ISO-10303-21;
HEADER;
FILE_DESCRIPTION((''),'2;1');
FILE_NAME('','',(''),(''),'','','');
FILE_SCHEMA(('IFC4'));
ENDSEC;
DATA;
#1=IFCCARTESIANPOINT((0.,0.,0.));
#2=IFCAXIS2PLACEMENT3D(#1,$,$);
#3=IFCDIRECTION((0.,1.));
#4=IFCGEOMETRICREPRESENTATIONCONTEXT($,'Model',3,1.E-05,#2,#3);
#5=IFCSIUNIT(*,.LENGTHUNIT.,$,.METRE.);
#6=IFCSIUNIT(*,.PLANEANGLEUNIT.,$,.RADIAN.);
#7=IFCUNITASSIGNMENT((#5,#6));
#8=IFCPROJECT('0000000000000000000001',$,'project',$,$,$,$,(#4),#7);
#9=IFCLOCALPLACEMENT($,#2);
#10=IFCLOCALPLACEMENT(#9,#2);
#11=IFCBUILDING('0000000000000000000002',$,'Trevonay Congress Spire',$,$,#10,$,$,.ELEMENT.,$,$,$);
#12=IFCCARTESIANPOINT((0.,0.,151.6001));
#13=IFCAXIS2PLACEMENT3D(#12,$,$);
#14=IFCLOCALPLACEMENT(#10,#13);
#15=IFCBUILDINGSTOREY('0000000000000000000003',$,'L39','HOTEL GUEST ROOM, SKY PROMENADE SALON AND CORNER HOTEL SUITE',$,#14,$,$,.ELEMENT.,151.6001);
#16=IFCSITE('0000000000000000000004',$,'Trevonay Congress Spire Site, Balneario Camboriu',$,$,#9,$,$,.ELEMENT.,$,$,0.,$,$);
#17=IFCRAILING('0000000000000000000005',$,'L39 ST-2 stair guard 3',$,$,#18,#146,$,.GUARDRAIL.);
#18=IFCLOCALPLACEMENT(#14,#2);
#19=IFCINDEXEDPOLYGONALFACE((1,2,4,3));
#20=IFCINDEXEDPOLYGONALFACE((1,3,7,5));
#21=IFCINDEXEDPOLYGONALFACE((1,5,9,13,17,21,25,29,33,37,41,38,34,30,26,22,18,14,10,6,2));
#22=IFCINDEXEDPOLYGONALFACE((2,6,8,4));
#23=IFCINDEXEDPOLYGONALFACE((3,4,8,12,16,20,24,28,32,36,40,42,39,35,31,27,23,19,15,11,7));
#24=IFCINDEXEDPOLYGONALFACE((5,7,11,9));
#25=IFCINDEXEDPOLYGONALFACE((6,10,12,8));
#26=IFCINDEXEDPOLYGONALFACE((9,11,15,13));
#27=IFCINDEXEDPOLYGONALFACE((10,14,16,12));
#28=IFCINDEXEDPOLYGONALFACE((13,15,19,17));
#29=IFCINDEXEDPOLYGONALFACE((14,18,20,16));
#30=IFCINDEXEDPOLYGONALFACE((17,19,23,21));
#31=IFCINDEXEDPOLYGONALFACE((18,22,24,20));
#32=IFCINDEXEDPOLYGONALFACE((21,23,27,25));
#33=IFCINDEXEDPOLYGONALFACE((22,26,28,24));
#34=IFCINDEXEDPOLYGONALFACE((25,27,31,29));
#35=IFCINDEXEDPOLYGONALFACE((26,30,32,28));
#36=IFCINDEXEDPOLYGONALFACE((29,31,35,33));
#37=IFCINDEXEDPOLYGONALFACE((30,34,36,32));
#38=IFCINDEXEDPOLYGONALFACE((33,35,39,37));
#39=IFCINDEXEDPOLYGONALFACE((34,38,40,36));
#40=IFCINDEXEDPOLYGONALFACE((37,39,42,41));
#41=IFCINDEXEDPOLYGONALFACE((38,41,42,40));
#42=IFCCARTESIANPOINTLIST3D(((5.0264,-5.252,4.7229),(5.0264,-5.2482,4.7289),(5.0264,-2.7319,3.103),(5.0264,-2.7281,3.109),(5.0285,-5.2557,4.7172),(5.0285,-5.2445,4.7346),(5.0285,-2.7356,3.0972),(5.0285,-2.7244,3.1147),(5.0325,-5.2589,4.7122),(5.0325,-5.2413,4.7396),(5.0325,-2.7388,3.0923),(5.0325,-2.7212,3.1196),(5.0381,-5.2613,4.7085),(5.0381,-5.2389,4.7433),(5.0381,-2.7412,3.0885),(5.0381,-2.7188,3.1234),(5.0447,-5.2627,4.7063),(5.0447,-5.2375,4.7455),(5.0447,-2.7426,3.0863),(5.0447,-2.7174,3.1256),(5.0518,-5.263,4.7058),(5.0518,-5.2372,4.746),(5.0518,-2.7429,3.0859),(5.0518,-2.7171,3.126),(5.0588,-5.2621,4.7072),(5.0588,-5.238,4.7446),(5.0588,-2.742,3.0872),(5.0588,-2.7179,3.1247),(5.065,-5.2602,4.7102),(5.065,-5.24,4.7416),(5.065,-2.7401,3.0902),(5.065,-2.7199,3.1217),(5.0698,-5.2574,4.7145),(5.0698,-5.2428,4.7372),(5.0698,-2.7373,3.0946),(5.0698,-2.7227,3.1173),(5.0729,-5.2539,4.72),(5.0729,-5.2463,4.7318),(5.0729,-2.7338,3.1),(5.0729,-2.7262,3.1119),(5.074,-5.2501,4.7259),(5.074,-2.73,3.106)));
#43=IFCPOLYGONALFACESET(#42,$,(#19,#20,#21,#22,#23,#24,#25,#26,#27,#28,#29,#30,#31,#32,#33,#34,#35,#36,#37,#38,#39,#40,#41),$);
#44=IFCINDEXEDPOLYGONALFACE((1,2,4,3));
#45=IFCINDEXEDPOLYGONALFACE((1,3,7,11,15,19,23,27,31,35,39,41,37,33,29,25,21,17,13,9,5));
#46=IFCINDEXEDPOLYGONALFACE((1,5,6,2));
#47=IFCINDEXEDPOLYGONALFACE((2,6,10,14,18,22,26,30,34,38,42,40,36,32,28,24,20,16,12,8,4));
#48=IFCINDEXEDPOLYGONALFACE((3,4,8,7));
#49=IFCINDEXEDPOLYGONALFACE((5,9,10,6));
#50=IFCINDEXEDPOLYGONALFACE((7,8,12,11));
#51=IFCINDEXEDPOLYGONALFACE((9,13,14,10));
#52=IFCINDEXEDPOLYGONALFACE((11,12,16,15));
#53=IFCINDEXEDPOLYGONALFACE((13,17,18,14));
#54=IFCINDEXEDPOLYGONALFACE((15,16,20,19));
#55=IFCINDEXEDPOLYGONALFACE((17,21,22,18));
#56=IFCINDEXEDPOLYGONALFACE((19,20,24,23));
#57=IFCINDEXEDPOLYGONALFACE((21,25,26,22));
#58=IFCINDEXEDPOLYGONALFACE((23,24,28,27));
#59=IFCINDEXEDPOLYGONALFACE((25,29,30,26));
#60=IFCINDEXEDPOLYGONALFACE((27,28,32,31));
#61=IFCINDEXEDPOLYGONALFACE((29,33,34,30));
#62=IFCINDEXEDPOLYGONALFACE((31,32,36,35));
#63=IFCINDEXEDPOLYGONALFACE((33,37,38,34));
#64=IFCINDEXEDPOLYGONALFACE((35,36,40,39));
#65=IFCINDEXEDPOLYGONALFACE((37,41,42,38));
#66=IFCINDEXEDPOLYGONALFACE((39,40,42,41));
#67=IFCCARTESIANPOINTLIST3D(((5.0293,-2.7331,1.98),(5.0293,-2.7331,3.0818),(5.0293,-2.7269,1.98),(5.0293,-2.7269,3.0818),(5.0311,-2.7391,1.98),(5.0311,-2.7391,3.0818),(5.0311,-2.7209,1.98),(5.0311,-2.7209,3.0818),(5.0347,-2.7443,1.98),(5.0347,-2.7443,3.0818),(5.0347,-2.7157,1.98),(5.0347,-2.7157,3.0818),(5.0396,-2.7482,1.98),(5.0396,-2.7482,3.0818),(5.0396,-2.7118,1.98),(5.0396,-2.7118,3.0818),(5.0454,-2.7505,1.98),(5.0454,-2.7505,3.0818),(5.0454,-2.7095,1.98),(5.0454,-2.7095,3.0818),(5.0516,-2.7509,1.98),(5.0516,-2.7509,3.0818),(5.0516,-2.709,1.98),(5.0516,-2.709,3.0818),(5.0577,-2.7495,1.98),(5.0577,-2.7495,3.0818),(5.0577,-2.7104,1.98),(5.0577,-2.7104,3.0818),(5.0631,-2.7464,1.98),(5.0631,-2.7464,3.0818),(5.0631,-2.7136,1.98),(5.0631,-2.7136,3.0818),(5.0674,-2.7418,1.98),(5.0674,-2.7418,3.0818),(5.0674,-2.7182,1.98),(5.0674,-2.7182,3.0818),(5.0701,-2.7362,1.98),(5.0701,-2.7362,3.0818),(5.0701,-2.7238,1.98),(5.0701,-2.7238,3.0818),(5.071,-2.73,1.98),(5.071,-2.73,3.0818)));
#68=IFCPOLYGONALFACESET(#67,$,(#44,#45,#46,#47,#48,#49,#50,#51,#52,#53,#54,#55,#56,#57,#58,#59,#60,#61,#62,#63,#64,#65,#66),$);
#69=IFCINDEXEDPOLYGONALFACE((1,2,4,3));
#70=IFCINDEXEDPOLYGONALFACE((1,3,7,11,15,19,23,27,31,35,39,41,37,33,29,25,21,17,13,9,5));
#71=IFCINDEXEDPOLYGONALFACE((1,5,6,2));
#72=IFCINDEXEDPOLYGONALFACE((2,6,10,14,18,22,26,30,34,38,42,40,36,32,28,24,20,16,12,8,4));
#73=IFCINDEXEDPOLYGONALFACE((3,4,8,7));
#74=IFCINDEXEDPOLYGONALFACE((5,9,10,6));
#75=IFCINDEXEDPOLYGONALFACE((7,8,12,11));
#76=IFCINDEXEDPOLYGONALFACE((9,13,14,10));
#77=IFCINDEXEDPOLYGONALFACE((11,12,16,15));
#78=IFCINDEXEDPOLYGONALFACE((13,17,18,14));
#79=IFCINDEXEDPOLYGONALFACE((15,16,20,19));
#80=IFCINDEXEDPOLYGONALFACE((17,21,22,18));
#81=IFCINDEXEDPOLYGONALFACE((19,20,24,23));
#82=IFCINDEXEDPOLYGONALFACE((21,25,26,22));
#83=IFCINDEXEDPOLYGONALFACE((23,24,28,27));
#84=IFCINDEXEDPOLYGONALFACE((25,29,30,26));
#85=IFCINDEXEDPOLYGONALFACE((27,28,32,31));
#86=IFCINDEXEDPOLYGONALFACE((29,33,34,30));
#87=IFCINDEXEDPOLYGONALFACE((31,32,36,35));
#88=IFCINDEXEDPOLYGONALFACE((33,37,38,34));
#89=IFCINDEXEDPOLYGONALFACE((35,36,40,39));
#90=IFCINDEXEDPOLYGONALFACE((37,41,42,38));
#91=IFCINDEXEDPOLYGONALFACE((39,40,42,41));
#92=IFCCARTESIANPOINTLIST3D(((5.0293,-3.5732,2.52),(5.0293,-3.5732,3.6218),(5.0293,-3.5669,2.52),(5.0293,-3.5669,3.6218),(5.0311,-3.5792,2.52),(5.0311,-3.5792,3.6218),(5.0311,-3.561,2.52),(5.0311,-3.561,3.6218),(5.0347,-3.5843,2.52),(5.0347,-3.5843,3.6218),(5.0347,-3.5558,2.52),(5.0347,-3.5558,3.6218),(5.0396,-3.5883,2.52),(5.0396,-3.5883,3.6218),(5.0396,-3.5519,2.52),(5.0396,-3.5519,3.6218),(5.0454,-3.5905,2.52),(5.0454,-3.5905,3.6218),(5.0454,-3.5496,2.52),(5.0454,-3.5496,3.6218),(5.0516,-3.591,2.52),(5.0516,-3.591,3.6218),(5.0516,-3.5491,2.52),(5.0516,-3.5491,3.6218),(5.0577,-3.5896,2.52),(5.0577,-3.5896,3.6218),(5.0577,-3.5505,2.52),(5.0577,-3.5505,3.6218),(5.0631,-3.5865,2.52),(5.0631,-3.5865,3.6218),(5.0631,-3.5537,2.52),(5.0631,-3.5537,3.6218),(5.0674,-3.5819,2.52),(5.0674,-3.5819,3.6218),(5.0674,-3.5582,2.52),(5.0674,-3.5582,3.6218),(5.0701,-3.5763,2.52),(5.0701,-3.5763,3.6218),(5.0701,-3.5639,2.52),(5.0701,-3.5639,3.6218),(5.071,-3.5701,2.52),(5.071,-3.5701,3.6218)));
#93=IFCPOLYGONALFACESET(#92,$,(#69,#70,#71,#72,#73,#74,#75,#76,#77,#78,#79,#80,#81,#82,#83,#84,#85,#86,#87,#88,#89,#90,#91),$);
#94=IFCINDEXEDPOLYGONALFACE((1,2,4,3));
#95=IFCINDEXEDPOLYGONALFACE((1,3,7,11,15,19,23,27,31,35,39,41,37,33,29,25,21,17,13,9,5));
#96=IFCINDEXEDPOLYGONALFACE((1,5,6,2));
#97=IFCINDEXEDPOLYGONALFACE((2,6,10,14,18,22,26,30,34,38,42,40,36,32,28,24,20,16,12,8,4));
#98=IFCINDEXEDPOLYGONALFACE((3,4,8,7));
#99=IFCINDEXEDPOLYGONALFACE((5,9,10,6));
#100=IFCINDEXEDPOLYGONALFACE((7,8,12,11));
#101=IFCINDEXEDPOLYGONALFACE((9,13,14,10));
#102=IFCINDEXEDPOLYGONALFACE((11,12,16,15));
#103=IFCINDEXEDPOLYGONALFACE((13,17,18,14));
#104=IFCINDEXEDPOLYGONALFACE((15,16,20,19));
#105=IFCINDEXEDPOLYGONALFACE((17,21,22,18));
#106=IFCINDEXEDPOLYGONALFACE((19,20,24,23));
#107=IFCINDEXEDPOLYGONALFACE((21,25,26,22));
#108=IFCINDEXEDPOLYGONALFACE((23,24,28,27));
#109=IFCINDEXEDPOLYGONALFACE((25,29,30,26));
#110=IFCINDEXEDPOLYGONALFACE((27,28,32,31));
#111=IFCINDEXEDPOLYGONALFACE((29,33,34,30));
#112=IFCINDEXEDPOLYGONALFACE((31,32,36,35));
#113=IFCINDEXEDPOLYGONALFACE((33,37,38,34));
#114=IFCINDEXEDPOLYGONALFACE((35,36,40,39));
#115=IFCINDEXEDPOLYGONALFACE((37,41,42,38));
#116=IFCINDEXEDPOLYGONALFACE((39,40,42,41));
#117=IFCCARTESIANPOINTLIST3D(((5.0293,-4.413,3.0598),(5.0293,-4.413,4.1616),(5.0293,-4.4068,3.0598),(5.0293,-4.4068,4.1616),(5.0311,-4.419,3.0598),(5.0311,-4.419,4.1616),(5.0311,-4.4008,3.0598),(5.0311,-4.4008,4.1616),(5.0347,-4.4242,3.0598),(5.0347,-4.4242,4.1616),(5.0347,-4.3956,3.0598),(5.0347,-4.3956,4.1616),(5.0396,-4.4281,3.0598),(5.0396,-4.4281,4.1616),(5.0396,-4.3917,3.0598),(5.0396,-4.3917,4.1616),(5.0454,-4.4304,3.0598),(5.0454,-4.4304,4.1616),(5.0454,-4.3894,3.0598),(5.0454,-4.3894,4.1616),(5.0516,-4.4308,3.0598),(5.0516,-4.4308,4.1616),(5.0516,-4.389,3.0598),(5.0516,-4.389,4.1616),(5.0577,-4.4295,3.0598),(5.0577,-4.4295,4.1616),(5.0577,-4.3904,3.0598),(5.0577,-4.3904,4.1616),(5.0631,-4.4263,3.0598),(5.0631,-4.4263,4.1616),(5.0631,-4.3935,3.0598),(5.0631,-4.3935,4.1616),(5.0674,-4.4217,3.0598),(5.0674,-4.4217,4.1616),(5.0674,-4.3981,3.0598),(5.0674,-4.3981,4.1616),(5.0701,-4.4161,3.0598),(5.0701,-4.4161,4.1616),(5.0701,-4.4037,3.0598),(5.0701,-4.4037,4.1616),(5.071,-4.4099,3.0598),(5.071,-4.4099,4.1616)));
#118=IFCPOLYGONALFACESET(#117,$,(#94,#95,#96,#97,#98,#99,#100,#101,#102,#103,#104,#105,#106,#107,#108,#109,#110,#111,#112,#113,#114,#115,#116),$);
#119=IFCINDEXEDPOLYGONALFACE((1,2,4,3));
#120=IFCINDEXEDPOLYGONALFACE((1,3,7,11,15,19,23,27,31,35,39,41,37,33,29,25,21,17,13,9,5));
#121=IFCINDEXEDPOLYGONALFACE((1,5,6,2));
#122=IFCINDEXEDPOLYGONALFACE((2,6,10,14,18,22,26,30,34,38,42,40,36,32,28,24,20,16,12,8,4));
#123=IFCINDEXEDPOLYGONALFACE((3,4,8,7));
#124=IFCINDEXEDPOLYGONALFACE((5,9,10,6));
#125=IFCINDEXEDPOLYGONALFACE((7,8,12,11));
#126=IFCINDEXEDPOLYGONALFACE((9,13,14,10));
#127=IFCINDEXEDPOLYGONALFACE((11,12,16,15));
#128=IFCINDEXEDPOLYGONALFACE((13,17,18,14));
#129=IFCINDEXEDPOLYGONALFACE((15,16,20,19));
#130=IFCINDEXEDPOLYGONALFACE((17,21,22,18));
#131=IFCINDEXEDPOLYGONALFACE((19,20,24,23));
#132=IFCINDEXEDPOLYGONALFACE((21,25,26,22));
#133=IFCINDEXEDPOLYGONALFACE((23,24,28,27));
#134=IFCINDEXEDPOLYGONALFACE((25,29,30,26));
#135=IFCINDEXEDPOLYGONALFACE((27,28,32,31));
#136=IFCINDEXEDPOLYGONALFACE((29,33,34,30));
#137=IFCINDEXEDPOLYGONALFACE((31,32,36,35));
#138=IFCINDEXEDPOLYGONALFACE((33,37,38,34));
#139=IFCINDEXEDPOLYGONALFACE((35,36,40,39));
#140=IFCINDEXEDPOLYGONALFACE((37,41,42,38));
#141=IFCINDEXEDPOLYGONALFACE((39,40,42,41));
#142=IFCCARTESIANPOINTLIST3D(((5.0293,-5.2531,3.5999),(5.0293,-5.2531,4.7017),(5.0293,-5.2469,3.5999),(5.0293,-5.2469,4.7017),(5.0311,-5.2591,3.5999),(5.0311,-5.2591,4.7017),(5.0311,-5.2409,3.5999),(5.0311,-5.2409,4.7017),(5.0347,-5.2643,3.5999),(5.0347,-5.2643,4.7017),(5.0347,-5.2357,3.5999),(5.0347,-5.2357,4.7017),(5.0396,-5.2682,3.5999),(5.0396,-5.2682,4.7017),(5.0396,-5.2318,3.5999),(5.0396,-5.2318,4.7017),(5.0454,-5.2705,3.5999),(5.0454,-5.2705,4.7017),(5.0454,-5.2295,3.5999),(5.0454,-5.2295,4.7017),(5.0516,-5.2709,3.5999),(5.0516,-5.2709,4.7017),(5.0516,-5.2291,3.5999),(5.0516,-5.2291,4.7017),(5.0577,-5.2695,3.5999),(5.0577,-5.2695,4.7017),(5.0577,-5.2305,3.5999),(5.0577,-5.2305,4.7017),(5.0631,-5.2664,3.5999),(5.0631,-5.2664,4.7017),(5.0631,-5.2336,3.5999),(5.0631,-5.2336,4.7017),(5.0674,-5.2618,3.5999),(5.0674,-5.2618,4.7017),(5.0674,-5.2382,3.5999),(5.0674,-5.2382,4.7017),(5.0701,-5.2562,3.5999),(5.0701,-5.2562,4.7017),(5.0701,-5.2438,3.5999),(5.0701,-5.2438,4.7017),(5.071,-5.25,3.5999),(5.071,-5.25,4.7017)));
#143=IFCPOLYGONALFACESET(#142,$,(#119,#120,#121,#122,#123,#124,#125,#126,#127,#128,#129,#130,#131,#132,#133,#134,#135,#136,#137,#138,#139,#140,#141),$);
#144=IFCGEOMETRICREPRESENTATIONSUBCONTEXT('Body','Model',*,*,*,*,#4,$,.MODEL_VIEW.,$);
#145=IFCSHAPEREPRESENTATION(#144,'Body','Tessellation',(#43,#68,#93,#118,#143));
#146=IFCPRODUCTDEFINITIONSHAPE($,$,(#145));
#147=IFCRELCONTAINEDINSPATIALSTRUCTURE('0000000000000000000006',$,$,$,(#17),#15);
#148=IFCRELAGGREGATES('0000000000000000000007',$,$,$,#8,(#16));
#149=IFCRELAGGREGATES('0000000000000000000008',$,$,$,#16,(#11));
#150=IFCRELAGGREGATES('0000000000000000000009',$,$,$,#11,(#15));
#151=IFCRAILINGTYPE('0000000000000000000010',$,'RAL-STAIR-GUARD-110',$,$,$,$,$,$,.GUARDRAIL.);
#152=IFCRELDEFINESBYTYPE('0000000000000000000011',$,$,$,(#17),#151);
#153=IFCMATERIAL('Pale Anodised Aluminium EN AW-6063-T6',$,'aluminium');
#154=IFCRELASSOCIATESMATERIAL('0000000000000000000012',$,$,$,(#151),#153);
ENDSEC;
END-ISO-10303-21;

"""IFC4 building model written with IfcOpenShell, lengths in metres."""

from ifc_helpers import new_model, si_unit, direction, frame, origin, origin_2d, place, context, subcontext, project, spatial, circle, extrude, material, type_object, element, save


model = new_model("IFC4")

# Units and contexts
model_context = context("Model", 3, precision=1e-05, world=origin(), true_north=direction((0.0, 1.0)))
body_context = subcontext(model_context, "Body", "Model", "MODEL_VIEW")
ifc_project = project(units=[si_unit("LENGTHUNIT", "METRE"), si_unit("PLANEANGLEUNIT", "RADIAN")], contexts=[model_context])

# Site, building, storey
site_placement = place(None, origin())
site = spatial("IfcSite", under=ifc_project, at=site_placement, Name="Trevonay Congress Spire Site, Balneario Camboriu", CompositionType="ELEMENT", RefElevation=0.0)
building_placement = place(site_placement, origin())
building = spatial("IfcBuilding", under=site, at=building_placement, Name="Trevonay Congress Spire", CompositionType="ELEMENT")
storey_placement = place(building_placement, frame((0.0, 0.0, 151.6001)))
storey = spatial("IfcBuildingStorey", under=building, at=storey_placement, Name="L39", Description="HOTEL GUEST ROOM, SKY PROMENADE SALON AND CORNER HOTEL SUITE", CompositionType="ELEMENT", Elevation=151.6001)

# Railing
ifc_material_1 = material(Name="Pale Anodised Aluminium EN AW-6063-T6", Category="aluminium")
railing_type_1 = type_object("IfcRailingType", Name="RAL-STAIR-GUARD-110", PredefinedType="GUARDRAIL", material=ifc_material_1)
railing_1_placement = place(storey_placement, frame((5.05, -2.73, 1.98)))
element("IfcRailing", 1, at=railing_1_placement, inside=storey, type_object=railing_type_1, Name="L39 ST-2 stair guard 3", PredefinedType="GUARDRAIL", context=body_context, shape_type="SweptSolid", body=[
    extrude(circle(Radius=0.0239, at=origin_2d()), frame((0.0, 0.0, 1.126), z_axis=(0.0, -0.8412, 0.540725), x_axis=(1.0, 0.0, 0.0)), (0.0, 0.0, 1.0), 2.9958),
    extrude(circle(Radius=0.021, at=origin_2d()), origin(), (0.0, 0.0, 1.0), 1.1018),
    extrude(circle(Radius=0.021, at=origin_2d()), frame((0.0, -0.8401, 0.54)), (0.0, 0.0, 1.0), 1.1018),
    extrude(circle(Radius=0.021, at=origin_2d()), frame((0.0, -1.6799, 1.0798)), (0.0, 0.0, 1.0), 1.1018),
    extrude(circle(Radius=0.021, at=origin_2d()), frame((0.0, -2.52, 1.6199)), (0.0, 0.0, 1.0), 1.1018),
])

save(model, "model.ifc")
